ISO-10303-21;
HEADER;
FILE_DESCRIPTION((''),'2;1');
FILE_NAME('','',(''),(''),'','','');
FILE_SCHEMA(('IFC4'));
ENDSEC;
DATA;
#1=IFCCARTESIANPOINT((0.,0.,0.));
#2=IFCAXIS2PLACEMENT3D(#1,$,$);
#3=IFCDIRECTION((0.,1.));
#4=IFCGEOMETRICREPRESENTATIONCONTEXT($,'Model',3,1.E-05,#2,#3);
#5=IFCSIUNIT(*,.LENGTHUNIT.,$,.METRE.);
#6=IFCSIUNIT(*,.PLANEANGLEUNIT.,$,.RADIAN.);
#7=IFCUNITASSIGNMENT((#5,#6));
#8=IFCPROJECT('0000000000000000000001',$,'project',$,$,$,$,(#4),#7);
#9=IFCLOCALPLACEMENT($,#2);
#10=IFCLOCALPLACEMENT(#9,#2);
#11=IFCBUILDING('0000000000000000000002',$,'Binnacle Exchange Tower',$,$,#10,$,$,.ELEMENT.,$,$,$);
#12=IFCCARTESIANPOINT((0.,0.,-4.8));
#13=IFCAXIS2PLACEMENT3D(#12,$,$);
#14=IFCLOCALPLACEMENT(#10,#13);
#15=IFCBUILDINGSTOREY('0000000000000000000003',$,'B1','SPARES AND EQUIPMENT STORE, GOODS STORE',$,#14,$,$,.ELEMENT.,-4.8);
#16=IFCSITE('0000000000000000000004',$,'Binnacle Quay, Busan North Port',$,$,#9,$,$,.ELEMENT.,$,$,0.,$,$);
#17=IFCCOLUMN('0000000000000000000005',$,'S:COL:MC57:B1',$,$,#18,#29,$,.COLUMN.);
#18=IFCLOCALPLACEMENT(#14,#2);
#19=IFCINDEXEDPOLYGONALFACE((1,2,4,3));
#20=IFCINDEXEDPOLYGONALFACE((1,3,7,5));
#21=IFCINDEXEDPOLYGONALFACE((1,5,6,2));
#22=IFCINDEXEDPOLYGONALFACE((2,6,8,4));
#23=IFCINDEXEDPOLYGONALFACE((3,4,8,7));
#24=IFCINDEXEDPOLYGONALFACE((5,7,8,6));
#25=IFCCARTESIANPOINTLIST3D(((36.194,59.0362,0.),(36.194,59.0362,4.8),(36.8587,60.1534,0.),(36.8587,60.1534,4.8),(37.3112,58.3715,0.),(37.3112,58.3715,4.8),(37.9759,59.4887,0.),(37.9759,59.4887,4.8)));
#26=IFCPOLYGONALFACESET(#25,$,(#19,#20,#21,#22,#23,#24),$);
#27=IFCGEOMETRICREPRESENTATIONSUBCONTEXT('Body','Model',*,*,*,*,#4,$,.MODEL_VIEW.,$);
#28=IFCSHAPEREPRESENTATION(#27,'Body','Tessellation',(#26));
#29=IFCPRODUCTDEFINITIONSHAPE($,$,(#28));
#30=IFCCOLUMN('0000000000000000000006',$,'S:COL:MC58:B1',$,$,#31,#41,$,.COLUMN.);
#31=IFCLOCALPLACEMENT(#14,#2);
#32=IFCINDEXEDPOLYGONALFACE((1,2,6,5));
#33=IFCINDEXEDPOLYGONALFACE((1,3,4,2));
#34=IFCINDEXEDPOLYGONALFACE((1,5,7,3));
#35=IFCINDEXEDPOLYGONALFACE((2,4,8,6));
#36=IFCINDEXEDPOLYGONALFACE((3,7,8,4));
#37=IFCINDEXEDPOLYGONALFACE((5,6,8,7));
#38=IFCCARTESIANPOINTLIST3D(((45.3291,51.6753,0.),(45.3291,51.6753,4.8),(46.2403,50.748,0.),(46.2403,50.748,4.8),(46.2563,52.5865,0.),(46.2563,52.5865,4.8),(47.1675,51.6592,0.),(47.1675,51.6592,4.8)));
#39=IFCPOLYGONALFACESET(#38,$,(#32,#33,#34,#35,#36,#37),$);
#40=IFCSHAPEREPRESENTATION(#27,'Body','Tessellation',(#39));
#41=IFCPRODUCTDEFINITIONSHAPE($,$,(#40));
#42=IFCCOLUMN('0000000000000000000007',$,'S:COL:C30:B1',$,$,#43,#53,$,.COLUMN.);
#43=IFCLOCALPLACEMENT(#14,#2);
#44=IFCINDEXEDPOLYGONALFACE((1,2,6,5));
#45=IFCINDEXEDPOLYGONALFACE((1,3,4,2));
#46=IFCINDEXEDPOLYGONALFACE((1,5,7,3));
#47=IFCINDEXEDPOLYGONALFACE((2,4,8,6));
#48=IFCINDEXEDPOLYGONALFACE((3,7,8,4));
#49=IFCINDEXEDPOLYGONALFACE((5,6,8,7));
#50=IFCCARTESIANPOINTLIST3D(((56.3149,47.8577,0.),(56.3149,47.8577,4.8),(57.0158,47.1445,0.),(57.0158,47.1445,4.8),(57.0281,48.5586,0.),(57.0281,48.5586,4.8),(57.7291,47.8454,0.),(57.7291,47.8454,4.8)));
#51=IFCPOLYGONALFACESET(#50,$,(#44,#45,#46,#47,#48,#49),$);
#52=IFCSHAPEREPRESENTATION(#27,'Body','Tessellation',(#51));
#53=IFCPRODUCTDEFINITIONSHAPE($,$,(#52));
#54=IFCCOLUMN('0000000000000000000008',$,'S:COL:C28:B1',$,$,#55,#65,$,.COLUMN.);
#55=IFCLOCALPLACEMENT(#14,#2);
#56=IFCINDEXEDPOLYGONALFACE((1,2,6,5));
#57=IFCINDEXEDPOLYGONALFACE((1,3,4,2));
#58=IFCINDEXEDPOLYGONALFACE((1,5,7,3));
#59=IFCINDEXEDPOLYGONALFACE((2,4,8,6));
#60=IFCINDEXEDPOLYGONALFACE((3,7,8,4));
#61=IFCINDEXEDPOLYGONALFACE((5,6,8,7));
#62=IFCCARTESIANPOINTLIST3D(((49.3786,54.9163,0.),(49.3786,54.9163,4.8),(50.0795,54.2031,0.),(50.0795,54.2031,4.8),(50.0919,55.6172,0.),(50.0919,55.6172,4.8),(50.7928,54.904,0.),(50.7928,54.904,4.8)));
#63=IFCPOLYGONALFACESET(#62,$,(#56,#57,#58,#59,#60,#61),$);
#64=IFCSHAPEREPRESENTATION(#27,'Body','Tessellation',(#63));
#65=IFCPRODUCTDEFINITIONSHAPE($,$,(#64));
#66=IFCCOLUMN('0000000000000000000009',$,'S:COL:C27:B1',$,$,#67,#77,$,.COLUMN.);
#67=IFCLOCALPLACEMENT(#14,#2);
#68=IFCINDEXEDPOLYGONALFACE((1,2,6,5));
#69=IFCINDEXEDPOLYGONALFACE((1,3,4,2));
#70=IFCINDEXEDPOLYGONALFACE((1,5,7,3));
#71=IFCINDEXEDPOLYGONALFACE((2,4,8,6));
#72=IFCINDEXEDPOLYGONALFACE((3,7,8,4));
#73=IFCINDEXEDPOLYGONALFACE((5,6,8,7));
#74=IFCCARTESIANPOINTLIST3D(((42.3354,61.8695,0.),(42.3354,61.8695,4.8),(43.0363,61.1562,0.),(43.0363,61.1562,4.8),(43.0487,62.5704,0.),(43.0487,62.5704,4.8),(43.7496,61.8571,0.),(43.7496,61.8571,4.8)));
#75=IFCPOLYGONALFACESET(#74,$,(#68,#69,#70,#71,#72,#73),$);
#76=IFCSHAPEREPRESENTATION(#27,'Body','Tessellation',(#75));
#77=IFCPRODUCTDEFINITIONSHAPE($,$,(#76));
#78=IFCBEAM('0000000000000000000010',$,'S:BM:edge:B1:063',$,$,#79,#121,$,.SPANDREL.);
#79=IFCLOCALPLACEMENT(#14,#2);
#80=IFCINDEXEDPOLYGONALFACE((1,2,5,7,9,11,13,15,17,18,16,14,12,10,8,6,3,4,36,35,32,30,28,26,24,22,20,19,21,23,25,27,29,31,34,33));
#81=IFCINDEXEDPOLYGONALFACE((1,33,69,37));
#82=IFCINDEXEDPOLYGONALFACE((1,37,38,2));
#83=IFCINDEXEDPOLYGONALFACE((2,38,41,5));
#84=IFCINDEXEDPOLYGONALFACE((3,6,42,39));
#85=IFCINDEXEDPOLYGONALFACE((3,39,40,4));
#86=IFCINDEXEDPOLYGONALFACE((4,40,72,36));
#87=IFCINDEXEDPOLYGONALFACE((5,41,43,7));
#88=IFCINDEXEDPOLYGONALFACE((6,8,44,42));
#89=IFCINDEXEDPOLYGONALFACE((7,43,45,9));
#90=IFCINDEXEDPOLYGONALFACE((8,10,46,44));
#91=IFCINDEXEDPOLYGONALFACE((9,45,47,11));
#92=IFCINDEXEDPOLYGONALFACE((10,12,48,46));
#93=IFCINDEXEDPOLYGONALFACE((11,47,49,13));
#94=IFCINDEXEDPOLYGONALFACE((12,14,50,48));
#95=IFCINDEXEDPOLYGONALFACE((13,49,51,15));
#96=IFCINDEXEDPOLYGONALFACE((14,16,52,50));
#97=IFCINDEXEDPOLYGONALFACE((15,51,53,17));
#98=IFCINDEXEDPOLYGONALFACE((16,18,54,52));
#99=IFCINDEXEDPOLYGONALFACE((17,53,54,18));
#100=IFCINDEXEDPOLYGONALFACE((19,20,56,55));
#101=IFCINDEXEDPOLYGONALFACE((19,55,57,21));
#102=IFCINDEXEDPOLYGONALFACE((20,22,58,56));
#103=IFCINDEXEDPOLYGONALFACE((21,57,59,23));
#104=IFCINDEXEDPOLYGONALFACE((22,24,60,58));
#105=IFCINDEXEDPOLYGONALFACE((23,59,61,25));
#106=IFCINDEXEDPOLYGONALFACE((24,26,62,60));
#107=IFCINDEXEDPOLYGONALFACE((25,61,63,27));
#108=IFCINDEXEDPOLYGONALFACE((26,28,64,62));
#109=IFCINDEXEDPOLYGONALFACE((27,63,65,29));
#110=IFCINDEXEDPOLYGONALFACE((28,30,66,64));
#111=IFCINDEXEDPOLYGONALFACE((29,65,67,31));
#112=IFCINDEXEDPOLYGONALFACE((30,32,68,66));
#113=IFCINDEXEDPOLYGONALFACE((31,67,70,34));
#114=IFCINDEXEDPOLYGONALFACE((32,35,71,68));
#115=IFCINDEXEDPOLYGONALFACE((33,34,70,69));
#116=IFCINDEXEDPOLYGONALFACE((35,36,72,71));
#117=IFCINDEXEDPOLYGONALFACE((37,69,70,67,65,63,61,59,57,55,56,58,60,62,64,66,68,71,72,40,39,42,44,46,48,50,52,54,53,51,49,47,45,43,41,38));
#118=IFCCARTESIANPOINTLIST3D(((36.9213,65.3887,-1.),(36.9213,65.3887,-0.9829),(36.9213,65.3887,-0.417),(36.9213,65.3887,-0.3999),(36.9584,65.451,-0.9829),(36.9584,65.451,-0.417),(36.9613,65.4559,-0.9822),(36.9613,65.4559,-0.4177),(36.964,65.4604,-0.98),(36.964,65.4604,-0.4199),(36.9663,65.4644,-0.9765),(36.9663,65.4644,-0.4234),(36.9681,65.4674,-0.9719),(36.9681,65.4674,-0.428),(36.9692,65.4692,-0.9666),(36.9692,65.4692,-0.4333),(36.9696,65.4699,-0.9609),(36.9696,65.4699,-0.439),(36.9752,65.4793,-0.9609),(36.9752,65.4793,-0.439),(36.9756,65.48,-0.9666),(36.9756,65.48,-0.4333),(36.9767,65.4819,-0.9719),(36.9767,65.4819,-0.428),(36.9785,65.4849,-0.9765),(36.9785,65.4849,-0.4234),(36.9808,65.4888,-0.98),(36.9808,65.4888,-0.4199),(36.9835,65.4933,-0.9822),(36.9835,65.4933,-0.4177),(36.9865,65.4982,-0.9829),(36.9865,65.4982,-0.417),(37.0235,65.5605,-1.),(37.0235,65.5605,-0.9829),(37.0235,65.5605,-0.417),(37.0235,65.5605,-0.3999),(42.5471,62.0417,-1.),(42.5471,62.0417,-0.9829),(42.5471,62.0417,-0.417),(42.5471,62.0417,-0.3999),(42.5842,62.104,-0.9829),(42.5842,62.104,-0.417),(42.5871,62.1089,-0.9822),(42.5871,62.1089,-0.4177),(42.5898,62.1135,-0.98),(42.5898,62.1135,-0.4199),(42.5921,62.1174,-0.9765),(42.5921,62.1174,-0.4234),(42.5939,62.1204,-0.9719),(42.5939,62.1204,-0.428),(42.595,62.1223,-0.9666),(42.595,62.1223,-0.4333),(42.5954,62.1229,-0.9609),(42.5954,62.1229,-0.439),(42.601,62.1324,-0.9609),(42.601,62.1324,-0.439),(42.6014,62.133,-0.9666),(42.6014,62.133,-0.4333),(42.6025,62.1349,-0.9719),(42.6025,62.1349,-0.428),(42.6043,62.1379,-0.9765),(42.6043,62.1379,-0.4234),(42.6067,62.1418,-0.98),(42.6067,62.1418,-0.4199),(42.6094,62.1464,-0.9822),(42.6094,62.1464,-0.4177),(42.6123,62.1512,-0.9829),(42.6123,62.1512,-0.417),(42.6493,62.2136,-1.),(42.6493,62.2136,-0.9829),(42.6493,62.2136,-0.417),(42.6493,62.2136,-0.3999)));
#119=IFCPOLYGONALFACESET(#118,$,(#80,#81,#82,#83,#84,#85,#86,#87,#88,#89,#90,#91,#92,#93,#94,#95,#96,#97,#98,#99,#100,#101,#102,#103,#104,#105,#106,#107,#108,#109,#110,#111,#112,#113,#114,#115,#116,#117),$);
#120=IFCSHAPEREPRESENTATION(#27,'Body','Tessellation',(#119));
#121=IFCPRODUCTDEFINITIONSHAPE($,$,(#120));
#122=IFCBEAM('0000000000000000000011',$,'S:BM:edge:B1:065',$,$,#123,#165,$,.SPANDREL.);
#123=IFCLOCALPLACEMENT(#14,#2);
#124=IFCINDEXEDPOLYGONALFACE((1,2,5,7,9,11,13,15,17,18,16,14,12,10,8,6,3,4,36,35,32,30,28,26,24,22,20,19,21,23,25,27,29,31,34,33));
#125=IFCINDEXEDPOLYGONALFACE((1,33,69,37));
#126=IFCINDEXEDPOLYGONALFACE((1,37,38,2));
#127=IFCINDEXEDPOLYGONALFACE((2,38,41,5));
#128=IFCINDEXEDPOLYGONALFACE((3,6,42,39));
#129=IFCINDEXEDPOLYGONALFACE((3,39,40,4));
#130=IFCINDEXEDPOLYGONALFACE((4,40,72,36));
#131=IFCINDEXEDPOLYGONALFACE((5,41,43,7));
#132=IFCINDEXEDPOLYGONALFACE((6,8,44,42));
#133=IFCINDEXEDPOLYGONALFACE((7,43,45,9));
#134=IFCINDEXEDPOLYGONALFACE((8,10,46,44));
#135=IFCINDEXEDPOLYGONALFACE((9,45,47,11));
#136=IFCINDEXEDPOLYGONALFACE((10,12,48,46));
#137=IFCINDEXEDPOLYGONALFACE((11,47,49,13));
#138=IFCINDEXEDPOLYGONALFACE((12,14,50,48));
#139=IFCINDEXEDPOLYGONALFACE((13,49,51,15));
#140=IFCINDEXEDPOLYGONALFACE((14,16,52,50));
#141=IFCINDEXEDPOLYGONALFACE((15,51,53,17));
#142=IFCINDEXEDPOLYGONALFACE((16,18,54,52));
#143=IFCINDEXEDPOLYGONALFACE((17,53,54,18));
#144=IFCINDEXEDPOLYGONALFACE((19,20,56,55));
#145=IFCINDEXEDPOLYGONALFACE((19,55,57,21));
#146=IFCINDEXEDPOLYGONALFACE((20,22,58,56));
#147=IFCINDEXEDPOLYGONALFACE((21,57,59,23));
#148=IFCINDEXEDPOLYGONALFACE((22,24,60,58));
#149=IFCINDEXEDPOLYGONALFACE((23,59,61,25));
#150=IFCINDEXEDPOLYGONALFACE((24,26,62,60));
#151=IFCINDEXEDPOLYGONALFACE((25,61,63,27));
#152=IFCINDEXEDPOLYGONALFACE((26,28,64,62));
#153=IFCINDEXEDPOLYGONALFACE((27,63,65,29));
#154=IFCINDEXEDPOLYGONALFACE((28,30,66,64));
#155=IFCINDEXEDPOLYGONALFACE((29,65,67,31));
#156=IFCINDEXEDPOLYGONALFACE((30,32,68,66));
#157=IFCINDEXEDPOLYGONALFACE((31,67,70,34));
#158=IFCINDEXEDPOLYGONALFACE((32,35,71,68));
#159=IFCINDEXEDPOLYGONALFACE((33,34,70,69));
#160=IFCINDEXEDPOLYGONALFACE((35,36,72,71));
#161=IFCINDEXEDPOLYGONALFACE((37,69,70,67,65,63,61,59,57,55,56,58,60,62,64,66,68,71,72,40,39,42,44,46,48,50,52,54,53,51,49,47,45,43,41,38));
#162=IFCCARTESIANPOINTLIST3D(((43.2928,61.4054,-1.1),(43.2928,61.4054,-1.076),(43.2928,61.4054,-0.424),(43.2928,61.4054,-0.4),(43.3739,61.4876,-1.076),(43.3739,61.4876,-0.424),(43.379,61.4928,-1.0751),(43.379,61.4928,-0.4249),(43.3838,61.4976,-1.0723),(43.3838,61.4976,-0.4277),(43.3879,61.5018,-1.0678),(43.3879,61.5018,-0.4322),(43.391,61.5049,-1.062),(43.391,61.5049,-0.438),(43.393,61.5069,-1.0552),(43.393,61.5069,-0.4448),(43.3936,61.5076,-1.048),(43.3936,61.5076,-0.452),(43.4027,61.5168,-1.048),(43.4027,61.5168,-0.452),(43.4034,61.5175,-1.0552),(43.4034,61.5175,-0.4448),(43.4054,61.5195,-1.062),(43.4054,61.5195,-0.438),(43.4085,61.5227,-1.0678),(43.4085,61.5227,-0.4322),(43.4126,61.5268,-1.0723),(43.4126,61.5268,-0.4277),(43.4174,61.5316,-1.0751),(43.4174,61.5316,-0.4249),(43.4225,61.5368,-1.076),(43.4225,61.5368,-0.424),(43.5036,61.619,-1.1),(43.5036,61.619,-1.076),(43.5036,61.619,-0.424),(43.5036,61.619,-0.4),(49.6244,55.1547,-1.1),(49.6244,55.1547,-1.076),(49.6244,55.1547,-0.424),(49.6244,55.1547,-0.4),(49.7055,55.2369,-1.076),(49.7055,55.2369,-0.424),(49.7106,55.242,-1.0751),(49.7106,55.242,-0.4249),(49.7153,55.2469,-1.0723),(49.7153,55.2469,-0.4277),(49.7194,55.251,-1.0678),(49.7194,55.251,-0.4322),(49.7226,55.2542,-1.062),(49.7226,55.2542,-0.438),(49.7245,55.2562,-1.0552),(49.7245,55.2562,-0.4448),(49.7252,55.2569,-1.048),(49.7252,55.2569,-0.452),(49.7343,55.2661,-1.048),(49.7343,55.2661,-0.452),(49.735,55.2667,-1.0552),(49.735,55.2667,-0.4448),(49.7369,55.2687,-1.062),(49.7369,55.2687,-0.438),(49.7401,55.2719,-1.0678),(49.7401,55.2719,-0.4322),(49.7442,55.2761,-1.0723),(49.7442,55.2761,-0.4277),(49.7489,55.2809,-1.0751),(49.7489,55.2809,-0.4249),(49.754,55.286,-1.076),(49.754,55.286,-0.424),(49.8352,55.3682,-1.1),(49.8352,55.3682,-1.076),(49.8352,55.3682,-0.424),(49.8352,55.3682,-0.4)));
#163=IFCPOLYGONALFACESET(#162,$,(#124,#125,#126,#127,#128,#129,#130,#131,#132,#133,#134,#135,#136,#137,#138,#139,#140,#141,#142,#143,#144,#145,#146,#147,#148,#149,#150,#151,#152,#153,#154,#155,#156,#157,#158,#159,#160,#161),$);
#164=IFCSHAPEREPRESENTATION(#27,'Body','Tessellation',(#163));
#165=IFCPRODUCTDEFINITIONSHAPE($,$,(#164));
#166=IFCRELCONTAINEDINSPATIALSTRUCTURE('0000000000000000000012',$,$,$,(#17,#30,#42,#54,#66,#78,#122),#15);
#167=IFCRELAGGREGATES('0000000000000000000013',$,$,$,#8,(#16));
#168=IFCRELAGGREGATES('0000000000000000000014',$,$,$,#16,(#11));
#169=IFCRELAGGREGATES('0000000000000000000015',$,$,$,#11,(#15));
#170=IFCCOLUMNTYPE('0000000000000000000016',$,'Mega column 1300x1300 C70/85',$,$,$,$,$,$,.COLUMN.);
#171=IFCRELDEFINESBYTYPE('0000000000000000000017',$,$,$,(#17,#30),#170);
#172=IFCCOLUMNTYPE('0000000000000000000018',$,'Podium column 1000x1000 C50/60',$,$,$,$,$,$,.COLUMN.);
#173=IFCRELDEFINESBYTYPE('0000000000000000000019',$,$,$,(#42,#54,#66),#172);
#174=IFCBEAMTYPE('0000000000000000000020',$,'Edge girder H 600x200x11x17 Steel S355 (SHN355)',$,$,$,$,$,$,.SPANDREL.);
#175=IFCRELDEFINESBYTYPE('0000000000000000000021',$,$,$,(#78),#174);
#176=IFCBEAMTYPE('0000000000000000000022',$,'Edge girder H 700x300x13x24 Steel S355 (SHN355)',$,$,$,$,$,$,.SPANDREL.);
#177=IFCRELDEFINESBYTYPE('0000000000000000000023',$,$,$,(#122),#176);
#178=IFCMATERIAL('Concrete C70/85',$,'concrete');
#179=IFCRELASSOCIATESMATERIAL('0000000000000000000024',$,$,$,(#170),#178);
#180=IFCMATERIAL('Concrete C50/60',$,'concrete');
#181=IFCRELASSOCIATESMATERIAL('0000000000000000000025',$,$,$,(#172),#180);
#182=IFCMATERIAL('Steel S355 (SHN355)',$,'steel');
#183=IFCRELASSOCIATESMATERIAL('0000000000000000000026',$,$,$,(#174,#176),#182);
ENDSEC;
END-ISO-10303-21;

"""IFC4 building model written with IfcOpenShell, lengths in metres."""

from ifc_helpers import new_model, si_unit, direction, frame, origin, origin_2d, place, context, subcontext, project, spatial, rectangle, i_section, extrude, material, material_profile, profile_set, type_object, element, save


model = new_model("IFC4")

# Units and contexts
model_context = context("Model", 3, precision=1e-05, world=origin(), true_north=direction((0.0, 1.0)))
body_context = subcontext(model_context, "Body", "Model", "MODEL_VIEW")
ifc_project = project(units=[si_unit("LENGTHUNIT", "METRE"), si_unit("PLANEANGLEUNIT", "RADIAN")], contexts=[model_context])

# Site, building, storey
site_placement = place(None, origin())
site = spatial("IfcSite", under=ifc_project, at=site_placement, Name="Binnacle Quay, Busan North Port", CompositionType="ELEMENT", RefElevation=0.0)
building_placement = place(site_placement, origin())
building = spatial("IfcBuilding", under=site, at=building_placement, Name="Binnacle Exchange Tower", CompositionType="ELEMENT")
storey_placement = place(building_placement, frame((0.0, 0.0, -4.8)))
storey = spatial("IfcBuildingStorey", under=building, at=storey_placement, Name="B1", Description="SPARES AND EQUIPMENT STORE, GOODS STORE", CompositionType="ELEMENT", Elevation=-4.8)

# Columns
ifc_material_1 = material(Name="Concrete C70/85", Category="concrete")
ifc_material_profile_1 = material_profile(ifc_material_1, rectangle(XDim=1.3, YDim=1.3, at=origin_2d()), Name="Mega column 1300x1300 C70/85")
ifc_profile_set_1 = profile_set([ifc_material_profile_1], Name="Concrete C70/85")
column_type_1 = type_object("IfcColumnType", Name="Mega column 1300x1300 C70/85", PredefinedType="COLUMN", material=ifc_profile_set_1)
for number, where, z_axis, x_axis, name in (
    (1, (37.085, 59.2625, 0.0), (0.0, 0.0, 1.0), (-0.859406, 0.511293, 0.0), "S:COL:MC57:B1"),
    (2, (46.2483, 51.6672, 0.0), (0.0, 0.0, 1.0), (-0.700909, 0.71325, 0.0), "S:COL:MC58:B1"),
):
    element("IfcColumn", number, at=place(storey_placement, frame(where, z_axis=z_axis, x_axis=x_axis)), inside=storey, type_object=column_type_1, Name=name, PredefinedType="COLUMN", context=body_context, shape_type="SweptSolid", body=[
        extrude(rectangle(XDim=1.3, YDim=1.3, at=origin_2d()), origin(), (0.0, 0.0, 1.0), 4.8),
    ])
ifc_material_2 = material(Name="Concrete C50/60", Category="concrete")
ifc_material_profile_2 = material_profile(ifc_material_2, rectangle(XDim=1.0, YDim=1.0, at=origin_2d()), Name="Podium column 1000x1000 C50/60")
ifc_profile_set_2 = profile_set([ifc_material_profile_2], Name="Concrete C50/60")
column_type_2 = type_object("IfcColumnType", Name="Podium column 1000x1000 C50/60", PredefinedType="COLUMN", material=ifc_profile_set_2)
for number, where, z_axis, x_axis, name in (
    (3, (57.022, 47.8516, 0.0), (0.0, 0.0, 1.0), (-0.700909, 0.71325, 0.0), "S:COL:C30:B1"),
    (4, (50.0857, 54.9102, 0.0), (0.0, 0.0, 1.0), (-0.700909, 0.71325, 0.0), "S:COL:C28:B1"),
    (5, (43.0425, 61.8633, 0.0), (0.0, 0.0, 1.0), (-0.700909, 0.71325, 0.0), "S:COL:C27:B1"),
):
    element("IfcColumn", number, at=place(storey_placement, frame(where, z_axis=z_axis, x_axis=x_axis)), inside=storey, type_object=column_type_2, Name=name, PredefinedType="COLUMN", context=body_context, shape_type="SweptSolid", body=[
        extrude(rectangle(XDim=1.0, YDim=1.0, at=origin_2d()), origin(), (0.0, 0.0, 1.0), 4.8),
    ])

# Beams
ifc_material_3 = material(Name="Steel S355 (SHN355)", Category="steel")
ifc_material_profile_3 = material_profile(ifc_material_3, i_section(OverallWidth=0.2, OverallDepth=0.6001, WebThickness=0.011, FlangeThickness=0.0171, FilletRadius=0.022, at=origin_2d()), Name="H 600x200x11x17")
ifc_profile_set_3 = profile_set([ifc_material_profile_3], Name="Steel S355 (SHN355)")
beam_type_1 = type_object("IfcBeamType", Name="Edge girder H 600x200x11x17 Steel S355 (SHN355)", PredefinedType="SPANDREL", material=ifc_profile_set_3)
beam_1_placement = place(storey_placement, frame((36.9724, 65.4746, -0.7), z_axis=(0.859409, -0.511289, 0.0), x_axis=(0.511289, 0.859409, 0.0)))
element("IfcBeam", 6, at=beam_1_placement, inside=storey, type_object=beam_type_1, Name="S:BM:edge:B1:063", PredefinedType="SPANDREL", context=body_context, shape_type="SweptSolid", body=[
    extrude(i_section(OverallWidth=0.2, OverallDepth=0.6001, WebThickness=0.011, FlangeThickness=0.0171, FilletRadius=0.022, at=origin_2d()), origin(), (0.0, 0.0, 1.0), 6.5461),
])
ifc_material_profile_4 = material_profile(ifc_material_3, i_section(OverallWidth=0.3, OverallDepth=0.7, WebThickness=0.0129, FlangeThickness=0.0239, FilletRadius=0.0281, at=origin_2d()), Name="H 700x300x13x24")
ifc_profile_set_4 = profile_set([ifc_material_profile_4], Name="Steel S355 (SHN355)")
beam_type_2 = type_object("IfcBeamType", Name="Edge girder H 700x300x13x24 Steel S355 (SHN355)", PredefinedType="SPANDREL", material=ifc_profile_set_4)
beam_2_placement = place(storey_placement, frame((43.3982, 61.5122, -0.75), z_axis=(0.711634, -0.702551, 0.0), x_axis=(0.702551, 0.711634, 0.0)))
element("IfcBeam", 7, at=beam_2_placement, inside=storey, type_object=beam_type_2, Name="S:BM:edge:B1:065", PredefinedType="SPANDREL", context=body_context, shape_type="SweptSolid", body=[
    extrude(i_section(OverallWidth=0.3, OverallDepth=0.7, WebThickness=0.0129, FlangeThickness=0.0239, FilletRadius=0.0281, at=origin_2d()), origin(), (0.0, 0.0, 1.0), 8.8972),
])

save(model, "model.ifc")
